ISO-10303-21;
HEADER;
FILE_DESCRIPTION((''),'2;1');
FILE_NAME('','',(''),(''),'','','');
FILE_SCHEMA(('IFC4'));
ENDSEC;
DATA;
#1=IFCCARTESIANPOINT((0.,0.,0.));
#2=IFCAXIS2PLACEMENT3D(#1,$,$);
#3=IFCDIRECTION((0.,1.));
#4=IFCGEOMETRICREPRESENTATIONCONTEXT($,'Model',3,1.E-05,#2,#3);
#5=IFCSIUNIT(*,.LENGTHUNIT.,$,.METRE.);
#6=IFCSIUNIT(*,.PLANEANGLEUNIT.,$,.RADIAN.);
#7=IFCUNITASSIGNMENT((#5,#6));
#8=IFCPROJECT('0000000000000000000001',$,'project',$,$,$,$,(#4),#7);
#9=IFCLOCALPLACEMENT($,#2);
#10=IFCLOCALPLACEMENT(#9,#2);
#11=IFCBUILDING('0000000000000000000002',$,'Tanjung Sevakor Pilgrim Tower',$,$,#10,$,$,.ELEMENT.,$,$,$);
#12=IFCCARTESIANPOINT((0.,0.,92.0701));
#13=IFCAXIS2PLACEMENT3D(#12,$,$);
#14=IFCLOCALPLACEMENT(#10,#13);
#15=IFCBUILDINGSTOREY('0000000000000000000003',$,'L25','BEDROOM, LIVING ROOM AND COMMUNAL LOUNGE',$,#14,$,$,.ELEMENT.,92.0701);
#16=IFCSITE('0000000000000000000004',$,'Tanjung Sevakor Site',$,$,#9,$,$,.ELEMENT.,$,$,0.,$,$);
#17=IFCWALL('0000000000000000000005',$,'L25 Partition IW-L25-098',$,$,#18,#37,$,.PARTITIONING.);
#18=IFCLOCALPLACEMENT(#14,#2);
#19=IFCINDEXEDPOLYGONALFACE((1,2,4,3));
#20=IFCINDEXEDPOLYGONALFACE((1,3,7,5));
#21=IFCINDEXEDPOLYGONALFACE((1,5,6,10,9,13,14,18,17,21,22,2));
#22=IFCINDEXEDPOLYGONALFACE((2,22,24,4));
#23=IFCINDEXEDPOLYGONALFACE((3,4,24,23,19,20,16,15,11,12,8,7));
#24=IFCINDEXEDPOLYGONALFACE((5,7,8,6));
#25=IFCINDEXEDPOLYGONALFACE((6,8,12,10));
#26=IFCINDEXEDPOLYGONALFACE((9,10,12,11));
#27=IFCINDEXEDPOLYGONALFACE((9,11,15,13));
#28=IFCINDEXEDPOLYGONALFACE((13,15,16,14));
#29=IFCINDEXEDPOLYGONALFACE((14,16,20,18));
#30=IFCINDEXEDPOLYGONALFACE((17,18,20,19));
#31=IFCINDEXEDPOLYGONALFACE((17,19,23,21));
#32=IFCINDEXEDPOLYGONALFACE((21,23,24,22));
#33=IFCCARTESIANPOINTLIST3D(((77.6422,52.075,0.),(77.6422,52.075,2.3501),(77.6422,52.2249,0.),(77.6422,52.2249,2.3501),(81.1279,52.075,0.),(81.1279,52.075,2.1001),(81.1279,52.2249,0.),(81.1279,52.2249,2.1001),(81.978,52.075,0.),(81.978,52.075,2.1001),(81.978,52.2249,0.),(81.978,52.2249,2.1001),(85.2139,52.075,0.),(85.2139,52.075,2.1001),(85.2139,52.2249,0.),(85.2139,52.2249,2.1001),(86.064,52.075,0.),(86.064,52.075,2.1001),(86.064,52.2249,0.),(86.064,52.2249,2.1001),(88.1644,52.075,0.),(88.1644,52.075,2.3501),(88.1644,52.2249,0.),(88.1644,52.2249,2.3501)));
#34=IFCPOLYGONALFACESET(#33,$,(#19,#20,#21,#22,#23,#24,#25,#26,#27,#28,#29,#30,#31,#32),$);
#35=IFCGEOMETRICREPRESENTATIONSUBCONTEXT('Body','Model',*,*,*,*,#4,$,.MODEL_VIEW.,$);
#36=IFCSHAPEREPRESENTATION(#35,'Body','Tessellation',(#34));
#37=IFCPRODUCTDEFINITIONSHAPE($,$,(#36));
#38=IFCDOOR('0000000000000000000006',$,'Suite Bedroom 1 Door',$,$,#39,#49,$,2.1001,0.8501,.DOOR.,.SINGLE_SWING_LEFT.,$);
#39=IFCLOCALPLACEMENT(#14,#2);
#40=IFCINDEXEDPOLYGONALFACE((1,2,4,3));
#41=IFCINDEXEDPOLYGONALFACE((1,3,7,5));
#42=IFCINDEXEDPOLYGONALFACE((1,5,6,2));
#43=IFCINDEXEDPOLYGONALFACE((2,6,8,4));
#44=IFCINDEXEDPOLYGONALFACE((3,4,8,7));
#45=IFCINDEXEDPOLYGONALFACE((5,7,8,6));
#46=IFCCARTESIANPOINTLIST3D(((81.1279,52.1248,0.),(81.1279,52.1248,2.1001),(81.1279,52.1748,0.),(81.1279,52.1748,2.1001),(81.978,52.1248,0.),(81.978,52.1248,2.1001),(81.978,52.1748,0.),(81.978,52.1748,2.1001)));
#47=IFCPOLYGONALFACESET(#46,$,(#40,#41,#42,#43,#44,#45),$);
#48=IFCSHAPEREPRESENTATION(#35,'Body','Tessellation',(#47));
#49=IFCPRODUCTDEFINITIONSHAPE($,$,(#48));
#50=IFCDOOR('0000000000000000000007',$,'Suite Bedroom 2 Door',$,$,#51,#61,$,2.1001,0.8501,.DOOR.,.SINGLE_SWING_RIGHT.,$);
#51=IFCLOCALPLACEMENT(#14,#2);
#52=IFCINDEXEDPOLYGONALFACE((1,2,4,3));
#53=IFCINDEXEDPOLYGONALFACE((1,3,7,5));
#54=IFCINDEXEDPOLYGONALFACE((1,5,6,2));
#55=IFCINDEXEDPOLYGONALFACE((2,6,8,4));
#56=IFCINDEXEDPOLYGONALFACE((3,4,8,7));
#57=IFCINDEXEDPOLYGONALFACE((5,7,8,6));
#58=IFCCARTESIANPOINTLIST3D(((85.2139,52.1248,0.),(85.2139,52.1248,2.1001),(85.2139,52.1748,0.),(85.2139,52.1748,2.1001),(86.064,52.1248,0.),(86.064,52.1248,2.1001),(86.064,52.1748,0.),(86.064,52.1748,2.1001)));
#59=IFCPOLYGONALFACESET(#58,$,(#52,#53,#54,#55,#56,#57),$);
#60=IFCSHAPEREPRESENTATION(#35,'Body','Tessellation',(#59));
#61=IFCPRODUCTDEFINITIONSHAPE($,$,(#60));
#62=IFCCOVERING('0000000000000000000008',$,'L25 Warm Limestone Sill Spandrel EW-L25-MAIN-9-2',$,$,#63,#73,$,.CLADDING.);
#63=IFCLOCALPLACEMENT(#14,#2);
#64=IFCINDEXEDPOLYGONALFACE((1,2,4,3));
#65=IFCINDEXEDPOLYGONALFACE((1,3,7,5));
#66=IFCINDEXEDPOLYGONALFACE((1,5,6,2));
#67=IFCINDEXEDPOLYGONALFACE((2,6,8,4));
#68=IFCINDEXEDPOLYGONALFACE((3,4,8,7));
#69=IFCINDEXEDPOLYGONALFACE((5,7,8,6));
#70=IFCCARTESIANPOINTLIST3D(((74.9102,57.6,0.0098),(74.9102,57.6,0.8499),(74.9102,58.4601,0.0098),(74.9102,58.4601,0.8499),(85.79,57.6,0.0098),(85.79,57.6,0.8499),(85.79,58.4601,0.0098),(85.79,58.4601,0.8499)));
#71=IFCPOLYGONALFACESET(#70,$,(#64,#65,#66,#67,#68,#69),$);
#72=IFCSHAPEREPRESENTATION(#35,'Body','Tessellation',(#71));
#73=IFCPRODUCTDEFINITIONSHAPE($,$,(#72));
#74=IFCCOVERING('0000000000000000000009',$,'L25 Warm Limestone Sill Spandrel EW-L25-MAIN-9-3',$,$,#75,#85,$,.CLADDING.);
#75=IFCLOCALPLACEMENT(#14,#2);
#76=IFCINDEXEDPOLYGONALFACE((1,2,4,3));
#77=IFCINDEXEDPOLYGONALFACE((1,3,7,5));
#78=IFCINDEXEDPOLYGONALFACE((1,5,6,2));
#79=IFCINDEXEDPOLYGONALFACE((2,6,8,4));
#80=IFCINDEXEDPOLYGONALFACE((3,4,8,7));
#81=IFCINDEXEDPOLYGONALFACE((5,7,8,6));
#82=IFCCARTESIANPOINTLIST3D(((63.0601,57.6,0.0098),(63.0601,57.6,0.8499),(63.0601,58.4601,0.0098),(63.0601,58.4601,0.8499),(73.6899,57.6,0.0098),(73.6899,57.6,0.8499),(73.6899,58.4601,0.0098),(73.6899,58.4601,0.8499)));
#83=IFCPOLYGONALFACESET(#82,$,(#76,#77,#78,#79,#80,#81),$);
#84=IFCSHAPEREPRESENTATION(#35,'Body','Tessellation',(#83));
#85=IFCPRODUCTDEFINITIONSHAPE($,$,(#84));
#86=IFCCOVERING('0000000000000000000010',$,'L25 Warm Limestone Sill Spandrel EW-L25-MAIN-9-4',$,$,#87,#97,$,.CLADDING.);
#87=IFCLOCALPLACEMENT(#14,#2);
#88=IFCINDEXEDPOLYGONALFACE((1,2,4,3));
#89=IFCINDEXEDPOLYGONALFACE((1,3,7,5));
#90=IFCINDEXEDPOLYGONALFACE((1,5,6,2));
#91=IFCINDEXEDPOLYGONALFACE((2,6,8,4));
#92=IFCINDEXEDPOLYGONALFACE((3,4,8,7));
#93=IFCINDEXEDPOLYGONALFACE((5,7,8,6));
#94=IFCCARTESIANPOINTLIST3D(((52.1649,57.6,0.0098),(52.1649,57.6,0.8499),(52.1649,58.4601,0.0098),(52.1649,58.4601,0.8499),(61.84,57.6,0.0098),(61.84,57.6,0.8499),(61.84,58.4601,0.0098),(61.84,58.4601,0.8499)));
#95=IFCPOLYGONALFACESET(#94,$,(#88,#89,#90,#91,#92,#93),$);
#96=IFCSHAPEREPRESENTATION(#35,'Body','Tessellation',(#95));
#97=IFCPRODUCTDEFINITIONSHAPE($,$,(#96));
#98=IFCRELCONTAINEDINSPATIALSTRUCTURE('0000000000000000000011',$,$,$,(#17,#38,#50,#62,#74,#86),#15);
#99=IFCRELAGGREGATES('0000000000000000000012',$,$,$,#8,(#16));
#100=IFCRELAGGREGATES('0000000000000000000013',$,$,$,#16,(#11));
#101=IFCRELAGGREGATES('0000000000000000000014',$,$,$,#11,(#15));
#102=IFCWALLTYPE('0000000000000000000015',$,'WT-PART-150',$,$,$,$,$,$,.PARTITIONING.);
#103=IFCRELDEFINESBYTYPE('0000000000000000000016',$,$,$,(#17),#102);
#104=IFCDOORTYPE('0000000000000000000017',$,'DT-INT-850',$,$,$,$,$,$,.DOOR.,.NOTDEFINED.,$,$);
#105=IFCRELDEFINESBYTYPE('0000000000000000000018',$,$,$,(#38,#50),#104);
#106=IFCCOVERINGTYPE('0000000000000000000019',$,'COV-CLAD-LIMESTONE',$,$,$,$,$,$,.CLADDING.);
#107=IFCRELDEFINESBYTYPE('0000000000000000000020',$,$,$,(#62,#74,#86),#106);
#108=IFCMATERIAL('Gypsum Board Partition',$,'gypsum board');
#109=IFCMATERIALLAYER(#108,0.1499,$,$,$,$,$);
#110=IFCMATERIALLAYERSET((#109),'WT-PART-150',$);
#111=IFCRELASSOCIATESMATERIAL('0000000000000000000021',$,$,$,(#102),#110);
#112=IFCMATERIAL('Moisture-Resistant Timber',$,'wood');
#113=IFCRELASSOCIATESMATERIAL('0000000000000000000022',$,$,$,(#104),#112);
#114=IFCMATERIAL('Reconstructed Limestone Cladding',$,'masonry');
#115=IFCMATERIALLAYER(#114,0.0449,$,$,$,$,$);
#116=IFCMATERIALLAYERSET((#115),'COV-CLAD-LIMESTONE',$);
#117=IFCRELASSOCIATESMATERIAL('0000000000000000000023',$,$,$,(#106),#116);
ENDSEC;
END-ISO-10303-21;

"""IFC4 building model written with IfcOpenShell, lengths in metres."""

from ifc_helpers import new_model, si_unit, direction, frame, frame_2d, origin, origin_2d, place, context, subcontext, project, spatial, rectangle, extrude, material, layer, layer_set, type_object, element, fill, save


model = new_model("IFC4")

# Units and contexts
model_context = context("Model", 3, precision=1e-05, world=origin(), true_north=direction((0.0, 1.0)))
body_context = subcontext(model_context, "Body", "Model", "MODEL_VIEW")
ifc_project = project(units=[si_unit("LENGTHUNIT", "METRE"), si_unit("PLANEANGLEUNIT", "RADIAN")], contexts=[model_context])

# Site, building, storey
site_placement = place(None, origin())
site = spatial("IfcSite", under=ifc_project, at=site_placement, Name="Tanjung Sevakor Site", CompositionType="ELEMENT", RefElevation=0.0)
building_placement = place(site_placement, origin())
building = spatial("IfcBuilding", under=site, at=building_placement, Name="Tanjung Sevakor Pilgrim Tower", CompositionType="ELEMENT")
storey_placement = place(building_placement, frame((0.0, 0.0, 92.0701)))
storey = spatial("IfcBuildingStorey", under=building, at=storey_placement, Name="L25", Description="BEDROOM, LIVING ROOM AND COMMUNAL LOUNGE", CompositionType="ELEMENT", Elevation=92.0701)

# Shared definitions
ifc_material_1 = material(Name="Gypsum Board Partition", Category="gypsum board")
ifc_layer_1 = layer(ifc_material_1, 0.1499)
ifc_layer_set_1 = layer_set([ifc_layer_1], Name="WT-PART-150")
wall_type = type_object("IfcWallType", Name="WT-PART-150", PredefinedType="PARTITIONING", material=ifc_layer_set_1)

# Shared definitions
ifc_material_2 = material(Name="Moisture-Resistant Timber", Category="wood")
door_type = type_object("IfcDoorType", Name="DT-INT-850", OperationType="NOTDEFINED", PredefinedType="DOOR", material=ifc_material_2)

# Wall, openings, doors
wall_1_placement = place(storey_placement, frame((77.6421, 52.1499, 0.0), z_axis=(0.0, 0.0, 1.0), x_axis=(1.0, 0.0, 0.0)))
wall_1 = element("IfcWall", 1, at=wall_1_placement, inside=storey, type_object=wall_type, Name="L25 Partition IW-L25-098", PredefinedType="PARTITIONING", context=body_context, shape_type="SweptSolid", body=[
    extrude(rectangle(XDim=10.5222, YDim=0.1499, at=frame_2d((5.2612, 0.0))), origin(), (0.0, 0.0, 1.0), 2.3501),
])
opening_1_placement = place(wall_1_placement, frame((3.4858, 0.0, 0.0)))
opening_1 = element("IfcOpeningElement", 2, at=opening_1_placement, cuts=wall_1, PredefinedType="OPENING", context=body_context, shape_type="SweptSolid", body=[
    extrude(rectangle(XDim=0.8501, YDim=2.1001, at=frame_2d((0.425, 1.05))), frame((0.0, 0.085, 0.0), z_axis=(0.0, -1.0, 0.0), x_axis=(1.0, 0.0, 0.0)), (0.0, 0.0, 1.0), 0.1699),
])
opening_2_placement = place(wall_1_placement, frame((7.5718, 0.0, 0.0)))
opening_2 = element("IfcOpeningElement", 3, at=opening_2_placement, cuts=wall_1, PredefinedType="OPENING", context=body_context, shape_type="SweptSolid", body=[
    extrude(rectangle(XDim=0.8501, YDim=2.1001, at=frame_2d((0.425, 1.05))), frame((0.0, 0.085, 0.0), z_axis=(0.0, -1.0, 0.0), x_axis=(1.0, 0.0, 0.0)), (0.0, 0.0, 1.0), 0.1699),
])
door_1_placement = place(opening_1_placement, origin())
door_1 = element("IfcDoor", 4, at=door_1_placement, inside=storey, type_object=door_type, Name="Suite Bedroom 1 Door", OperationType="SINGLE_SWING_LEFT", OverallHeight=2.1001, OverallWidth=0.8501, PredefinedType="DOOR", context=body_context, shape_type="SweptSolid", body=[
    extrude(rectangle(XDim=0.8501, YDim=2.1001, at=frame_2d((0.425, 1.05))), frame((0.0, 0.0249, 0.0), z_axis=(0.0, -1.0, 0.0), x_axis=(1.0, 0.0, 0.0)), (0.0, 0.0, 1.0), 0.05),
])
fill(opening_1, door_1)
door_2_placement = place(opening_2_placement, origin())
door_2 = element("IfcDoor", 5, at=door_2_placement, inside=storey, type_object=door_type, Name="Suite Bedroom 2 Door", OperationType="SINGLE_SWING_RIGHT", OverallHeight=2.1001, OverallWidth=0.8501, PredefinedType="DOOR", context=body_context, shape_type="SweptSolid", body=[
    extrude(rectangle(XDim=0.8501, YDim=2.1001, at=frame_2d((0.425, 1.05))), frame((0.0, 0.0249, 0.0), z_axis=(0.0, -1.0, 0.0), x_axis=(1.0, 0.0, 0.0)), (0.0, 0.0, 1.0), 0.05),
])
fill(opening_2, door_2)

# Coverings
ifc_material_3 = material(Name="Reconstructed Limestone Cladding", Category="masonry")
ifc_layer_2 = layer(ifc_material_3, 0.0449)
ifc_layer_set_2 = layer_set([ifc_layer_2], Name="COV-CLAD-LIMESTONE")
covering_type = type_object("IfcCoveringType", Name="COV-CLAD-LIMESTONE", PredefinedType="CLADDING", material=ifc_layer_set_2)
covering_1_placement = place(storey_placement, frame((80.3501, 58.03, 0.0098), z_axis=(0.0, 0.0, 1.0), x_axis=(-1.0, 0.0, 0.0)))
element("IfcCovering", 6, at=covering_1_placement, inside=storey, type_object=covering_type, Name="L25 Warm Limestone Sill Spandrel EW-L25-MAIN-9-2", PredefinedType="CLADDING", context=body_context, shape_type="SweptSolid", body=[
    extrude(rectangle(XDim=10.8799, YDim=0.8601, at=origin_2d()), origin(), (0.0, 0.0, 1.0), 0.8401),
])
covering_2_placement = place(storey_placement, frame((68.375, 58.03, 0.0098), z_axis=(0.0, 0.0, 1.0), x_axis=(-1.0, 0.0, 0.0)))
element("IfcCovering", 7, at=covering_2_placement, inside=storey, type_object=covering_type, Name="L25 Warm Limestone Sill Spandrel EW-L25-MAIN-9-3", PredefinedType="CLADDING", context=body_context, shape_type="SweptSolid", body=[
    extrude(rectangle(XDim=10.6299, YDim=0.8601, at=origin_2d()), origin(), (0.0, 0.0, 1.0), 0.8401),
])
covering_3_placement = place(storey_placement, frame((57.0024, 58.03, 0.0098), z_axis=(0.0, 0.0, 1.0), x_axis=(-1.0, 0.0, 0.0)))
element("IfcCovering", 8, at=covering_3_placement, inside=storey, type_object=covering_type, Name="L25 Warm Limestone Sill Spandrel EW-L25-MAIN-9-4", PredefinedType="CLADDING", context=body_context, shape_type="SweptSolid", body=[
    extrude(rectangle(XDim=9.675, YDim=0.8601, at=origin_2d()), origin(), (0.0, 0.0, 1.0), 0.8401),
])

save(model, "model.ifc")
